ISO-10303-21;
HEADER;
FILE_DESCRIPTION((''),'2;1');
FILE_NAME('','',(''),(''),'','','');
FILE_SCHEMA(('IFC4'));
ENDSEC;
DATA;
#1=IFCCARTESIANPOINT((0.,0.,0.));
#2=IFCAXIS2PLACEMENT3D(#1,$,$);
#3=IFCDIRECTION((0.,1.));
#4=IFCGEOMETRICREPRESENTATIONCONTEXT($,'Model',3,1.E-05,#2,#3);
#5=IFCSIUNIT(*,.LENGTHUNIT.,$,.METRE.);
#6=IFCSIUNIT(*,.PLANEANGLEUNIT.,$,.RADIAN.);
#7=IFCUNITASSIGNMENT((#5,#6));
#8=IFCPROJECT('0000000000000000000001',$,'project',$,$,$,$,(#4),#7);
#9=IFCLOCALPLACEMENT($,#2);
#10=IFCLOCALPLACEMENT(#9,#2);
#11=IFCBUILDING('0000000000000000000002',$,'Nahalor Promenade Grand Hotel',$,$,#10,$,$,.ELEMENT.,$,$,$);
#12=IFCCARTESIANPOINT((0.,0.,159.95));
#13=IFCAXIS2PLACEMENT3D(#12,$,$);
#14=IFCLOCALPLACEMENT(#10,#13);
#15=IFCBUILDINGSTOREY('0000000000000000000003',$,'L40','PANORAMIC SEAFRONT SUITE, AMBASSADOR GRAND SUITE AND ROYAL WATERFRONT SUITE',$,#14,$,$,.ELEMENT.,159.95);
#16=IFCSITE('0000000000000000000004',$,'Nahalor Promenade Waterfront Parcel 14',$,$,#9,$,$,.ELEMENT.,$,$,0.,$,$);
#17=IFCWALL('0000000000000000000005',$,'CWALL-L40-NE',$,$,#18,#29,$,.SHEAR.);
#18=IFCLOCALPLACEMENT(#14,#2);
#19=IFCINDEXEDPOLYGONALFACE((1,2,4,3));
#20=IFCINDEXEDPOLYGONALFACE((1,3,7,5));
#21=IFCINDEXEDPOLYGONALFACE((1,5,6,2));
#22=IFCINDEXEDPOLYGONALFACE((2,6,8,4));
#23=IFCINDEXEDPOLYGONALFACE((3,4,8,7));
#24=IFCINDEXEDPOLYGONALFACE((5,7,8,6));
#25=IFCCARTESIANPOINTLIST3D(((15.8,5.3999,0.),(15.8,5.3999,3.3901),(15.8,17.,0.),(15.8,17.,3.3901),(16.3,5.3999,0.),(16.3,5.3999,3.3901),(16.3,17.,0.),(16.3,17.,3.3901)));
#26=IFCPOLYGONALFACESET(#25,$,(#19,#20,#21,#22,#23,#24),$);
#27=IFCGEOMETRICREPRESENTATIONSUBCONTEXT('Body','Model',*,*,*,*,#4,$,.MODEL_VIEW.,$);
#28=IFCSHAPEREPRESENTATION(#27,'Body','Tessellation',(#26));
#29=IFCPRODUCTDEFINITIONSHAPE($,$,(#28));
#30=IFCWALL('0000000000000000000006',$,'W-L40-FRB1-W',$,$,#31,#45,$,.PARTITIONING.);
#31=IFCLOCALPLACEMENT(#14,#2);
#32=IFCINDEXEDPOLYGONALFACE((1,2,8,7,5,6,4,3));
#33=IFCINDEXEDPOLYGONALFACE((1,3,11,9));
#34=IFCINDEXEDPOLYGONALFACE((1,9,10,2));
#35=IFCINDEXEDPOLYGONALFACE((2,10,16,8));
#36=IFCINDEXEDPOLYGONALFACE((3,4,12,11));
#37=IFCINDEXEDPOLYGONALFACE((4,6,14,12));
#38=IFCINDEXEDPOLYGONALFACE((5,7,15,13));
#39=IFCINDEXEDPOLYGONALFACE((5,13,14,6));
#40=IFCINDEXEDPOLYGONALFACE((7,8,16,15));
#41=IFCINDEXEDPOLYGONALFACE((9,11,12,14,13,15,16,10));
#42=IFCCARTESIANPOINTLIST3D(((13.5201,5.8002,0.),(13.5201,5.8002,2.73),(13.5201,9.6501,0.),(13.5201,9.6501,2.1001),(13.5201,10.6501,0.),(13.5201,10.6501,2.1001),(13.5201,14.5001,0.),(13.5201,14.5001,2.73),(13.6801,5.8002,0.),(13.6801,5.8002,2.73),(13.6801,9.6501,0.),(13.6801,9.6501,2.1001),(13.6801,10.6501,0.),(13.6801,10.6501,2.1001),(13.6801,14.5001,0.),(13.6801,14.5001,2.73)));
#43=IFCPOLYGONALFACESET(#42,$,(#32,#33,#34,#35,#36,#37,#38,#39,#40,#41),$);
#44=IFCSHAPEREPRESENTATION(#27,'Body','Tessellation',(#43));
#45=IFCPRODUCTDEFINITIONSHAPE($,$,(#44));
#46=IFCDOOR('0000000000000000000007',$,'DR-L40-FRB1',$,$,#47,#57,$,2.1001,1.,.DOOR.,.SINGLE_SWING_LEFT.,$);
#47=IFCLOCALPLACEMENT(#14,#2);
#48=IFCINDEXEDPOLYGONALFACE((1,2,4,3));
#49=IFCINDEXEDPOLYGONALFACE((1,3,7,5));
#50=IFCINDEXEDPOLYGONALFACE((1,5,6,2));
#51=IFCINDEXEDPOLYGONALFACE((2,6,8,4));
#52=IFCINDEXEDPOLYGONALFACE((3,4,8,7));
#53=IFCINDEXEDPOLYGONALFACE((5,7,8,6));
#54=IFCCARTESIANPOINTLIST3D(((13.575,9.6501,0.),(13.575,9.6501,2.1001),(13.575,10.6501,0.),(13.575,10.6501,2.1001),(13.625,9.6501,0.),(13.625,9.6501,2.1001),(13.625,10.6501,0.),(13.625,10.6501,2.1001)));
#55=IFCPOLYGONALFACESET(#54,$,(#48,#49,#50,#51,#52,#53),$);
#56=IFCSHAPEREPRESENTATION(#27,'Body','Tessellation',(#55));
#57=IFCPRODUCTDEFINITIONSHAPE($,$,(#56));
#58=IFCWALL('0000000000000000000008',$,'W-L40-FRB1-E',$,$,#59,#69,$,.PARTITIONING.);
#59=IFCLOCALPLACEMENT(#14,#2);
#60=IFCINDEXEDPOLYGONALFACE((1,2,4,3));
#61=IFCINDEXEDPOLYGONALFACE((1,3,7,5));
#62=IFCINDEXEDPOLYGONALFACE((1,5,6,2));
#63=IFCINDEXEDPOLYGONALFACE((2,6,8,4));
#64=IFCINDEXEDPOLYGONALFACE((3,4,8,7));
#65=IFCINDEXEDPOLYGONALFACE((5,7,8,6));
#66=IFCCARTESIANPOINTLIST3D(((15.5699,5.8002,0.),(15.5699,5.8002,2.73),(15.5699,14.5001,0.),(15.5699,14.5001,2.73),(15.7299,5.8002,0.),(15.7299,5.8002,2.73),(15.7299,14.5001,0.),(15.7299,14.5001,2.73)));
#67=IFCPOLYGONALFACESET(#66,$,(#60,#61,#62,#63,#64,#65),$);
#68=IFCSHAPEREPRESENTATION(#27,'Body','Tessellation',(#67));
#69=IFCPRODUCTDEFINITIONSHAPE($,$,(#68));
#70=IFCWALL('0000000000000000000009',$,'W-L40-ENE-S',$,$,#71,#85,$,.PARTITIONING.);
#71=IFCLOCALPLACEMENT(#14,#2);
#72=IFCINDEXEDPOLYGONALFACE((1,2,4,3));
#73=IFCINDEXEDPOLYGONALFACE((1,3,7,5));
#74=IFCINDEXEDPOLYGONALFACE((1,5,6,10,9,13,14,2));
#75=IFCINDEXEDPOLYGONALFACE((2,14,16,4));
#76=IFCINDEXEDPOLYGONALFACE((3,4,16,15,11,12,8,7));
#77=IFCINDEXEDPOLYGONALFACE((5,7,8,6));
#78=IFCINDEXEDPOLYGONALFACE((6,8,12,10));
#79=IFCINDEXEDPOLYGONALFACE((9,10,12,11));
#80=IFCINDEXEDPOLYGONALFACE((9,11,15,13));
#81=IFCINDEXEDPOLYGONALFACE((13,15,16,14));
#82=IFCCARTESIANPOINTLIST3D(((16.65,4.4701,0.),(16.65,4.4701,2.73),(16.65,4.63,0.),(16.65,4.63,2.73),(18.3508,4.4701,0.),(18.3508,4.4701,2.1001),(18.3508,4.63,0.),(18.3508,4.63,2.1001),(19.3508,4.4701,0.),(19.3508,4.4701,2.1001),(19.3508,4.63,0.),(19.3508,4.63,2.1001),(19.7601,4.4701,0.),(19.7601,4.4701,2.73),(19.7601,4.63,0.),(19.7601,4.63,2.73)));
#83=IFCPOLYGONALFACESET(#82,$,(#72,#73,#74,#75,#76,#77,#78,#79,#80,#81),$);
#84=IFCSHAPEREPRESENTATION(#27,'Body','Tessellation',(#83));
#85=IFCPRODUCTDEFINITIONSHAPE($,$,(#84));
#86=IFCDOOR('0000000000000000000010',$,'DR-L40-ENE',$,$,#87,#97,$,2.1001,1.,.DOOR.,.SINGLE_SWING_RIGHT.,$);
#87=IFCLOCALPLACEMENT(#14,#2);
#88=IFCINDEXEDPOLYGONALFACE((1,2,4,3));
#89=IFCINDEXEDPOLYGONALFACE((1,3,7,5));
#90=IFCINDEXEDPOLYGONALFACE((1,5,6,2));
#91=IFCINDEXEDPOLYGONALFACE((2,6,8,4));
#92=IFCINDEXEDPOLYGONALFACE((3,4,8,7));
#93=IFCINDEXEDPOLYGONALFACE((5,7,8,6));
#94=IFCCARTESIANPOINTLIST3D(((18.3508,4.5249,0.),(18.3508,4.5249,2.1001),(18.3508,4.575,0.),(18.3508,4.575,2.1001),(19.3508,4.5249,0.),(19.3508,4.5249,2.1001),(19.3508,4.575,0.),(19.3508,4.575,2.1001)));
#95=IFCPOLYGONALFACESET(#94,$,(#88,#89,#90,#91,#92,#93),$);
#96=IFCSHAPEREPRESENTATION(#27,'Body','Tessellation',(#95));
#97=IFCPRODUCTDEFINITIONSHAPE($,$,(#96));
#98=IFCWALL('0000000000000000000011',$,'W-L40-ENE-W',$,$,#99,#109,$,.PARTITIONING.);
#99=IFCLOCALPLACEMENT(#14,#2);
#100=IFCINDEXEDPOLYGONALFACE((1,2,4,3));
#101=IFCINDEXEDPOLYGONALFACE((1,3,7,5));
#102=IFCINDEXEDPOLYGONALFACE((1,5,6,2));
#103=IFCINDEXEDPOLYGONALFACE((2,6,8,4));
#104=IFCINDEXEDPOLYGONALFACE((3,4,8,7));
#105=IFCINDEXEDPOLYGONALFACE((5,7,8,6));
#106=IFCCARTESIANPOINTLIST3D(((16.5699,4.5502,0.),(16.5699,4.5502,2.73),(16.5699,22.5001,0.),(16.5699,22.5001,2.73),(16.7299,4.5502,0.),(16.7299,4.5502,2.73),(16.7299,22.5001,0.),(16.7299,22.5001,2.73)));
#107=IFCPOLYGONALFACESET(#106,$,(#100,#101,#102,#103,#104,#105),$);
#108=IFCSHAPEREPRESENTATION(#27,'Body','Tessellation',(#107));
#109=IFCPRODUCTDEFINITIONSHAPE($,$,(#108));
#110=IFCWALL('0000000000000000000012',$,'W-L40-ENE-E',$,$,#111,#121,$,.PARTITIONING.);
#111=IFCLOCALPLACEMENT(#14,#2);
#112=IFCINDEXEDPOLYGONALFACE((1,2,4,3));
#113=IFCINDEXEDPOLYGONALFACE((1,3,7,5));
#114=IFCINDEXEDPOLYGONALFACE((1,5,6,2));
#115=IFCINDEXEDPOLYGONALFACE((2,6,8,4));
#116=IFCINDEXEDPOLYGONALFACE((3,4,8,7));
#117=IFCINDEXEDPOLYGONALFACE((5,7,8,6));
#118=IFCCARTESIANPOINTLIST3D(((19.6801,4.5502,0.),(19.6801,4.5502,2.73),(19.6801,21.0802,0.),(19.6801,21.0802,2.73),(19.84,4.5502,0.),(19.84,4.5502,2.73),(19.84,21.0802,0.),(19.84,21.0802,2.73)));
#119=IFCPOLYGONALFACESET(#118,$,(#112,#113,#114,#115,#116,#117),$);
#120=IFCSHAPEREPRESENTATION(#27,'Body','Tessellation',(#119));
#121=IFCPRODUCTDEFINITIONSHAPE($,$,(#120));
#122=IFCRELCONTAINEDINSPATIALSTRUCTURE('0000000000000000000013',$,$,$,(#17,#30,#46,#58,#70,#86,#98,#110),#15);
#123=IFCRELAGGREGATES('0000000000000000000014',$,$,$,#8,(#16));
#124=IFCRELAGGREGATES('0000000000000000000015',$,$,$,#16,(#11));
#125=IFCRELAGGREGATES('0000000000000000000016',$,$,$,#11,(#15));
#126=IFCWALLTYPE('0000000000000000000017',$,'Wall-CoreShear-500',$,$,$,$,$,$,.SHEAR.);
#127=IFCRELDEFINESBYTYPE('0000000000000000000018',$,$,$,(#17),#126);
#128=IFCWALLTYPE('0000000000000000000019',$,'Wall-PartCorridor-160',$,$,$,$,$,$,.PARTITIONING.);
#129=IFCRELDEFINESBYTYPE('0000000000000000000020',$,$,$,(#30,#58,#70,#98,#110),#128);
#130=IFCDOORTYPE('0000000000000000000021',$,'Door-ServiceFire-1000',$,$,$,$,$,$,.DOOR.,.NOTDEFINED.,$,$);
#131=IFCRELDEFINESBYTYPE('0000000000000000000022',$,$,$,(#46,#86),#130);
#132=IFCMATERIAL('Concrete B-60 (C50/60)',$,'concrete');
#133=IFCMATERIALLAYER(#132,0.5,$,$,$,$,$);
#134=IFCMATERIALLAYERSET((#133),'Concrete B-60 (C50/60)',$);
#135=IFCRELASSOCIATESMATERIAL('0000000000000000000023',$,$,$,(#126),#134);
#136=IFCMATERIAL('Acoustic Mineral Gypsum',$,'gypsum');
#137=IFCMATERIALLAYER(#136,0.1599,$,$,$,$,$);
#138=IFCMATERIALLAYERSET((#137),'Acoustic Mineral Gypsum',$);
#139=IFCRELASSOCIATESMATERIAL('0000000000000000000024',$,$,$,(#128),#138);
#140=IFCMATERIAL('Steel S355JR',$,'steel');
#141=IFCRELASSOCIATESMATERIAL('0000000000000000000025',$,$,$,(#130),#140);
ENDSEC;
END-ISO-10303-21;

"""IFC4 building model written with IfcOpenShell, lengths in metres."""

from ifc_helpers import new_model, si_unit, direction, frame, frame_2d, origin, place, context, subcontext, project, spatial, rectangle, extrude, source, transform, mapped, material, layer, layer_set, type_object, element, fill, save


model = new_model("IFC4")

# Units and contexts
model_context = context("Model", 3, precision=1e-05, world=origin(), true_north=direction((0.0, 1.0)))
body_context = subcontext(model_context, "Body", "Model", "MODEL_VIEW")
ifc_project = project(units=[si_unit("LENGTHUNIT", "METRE"), si_unit("PLANEANGLEUNIT", "RADIAN")], contexts=[model_context])

# Site, building, storey
site_placement = place(None, origin())
site = spatial("IfcSite", under=ifc_project, at=site_placement, Name="Nahalor Promenade Waterfront Parcel 14", CompositionType="ELEMENT", RefElevation=0.0)
building_placement = place(site_placement, origin())
building = spatial("IfcBuilding", under=site, at=building_placement, Name="Nahalor Promenade Grand Hotel", CompositionType="ELEMENT")
storey_placement = place(building_placement, frame((0.0, 0.0, 159.95)))
storey = spatial("IfcBuildingStorey", under=building, at=storey_placement, Name="L40", Description="PANORAMIC SEAFRONT SUITE, AMBASSADOR GRAND SUITE AND ROYAL WATERFRONT SUITE", CompositionType="ELEMENT", Elevation=159.95)

# Shared definitions
ifc_material_1 = material(Name="Steel S355JR", Category="steel")

# Wall
ifc_material_2 = material(Name="Concrete B-60 (C50/60)", Category="concrete")
ifc_layer_1 = layer(ifc_material_2, 0.5)
ifc_layer_set_1 = layer_set([ifc_layer_1], Name="Concrete B-60 (C50/60)")
wall_type_1 = type_object("IfcWallType", Name="Wall-CoreShear-500", PredefinedType="SHEAR", material=ifc_layer_set_1)
shared_shape_1 = source(origin(), body_context, "Body", "SweptSolid", [
    extrude(rectangle(XDim=11.6001, YDim=0.5, at=frame_2d((5.8, 0.0))), origin(), (0.0, 0.0, 1.0), 3.3901),
])
wall_1_placement = place(storey_placement, frame((16.05, 5.3999, 0.0), z_axis=(0.0, 0.0, 1.0), x_axis=(0.0, 1.0, 0.0)))
element("IfcWall", 1, at=wall_1_placement, inside=storey, type_object=wall_type_1, Name="CWALL-L40-NE", PredefinedType="SHEAR", context=body_context, shape_type="MappedRepresentation", body=[
    mapped(shared_shape_1, transform((0.0, 0.0, 0.0), scale=1.0)),
])

# Wall, opening, door
ifc_material_3 = material(Name="Acoustic Mineral Gypsum", Category="gypsum")
ifc_layer_2 = layer(ifc_material_3, 0.1599)
ifc_layer_set_2 = layer_set([ifc_layer_2], Name="Acoustic Mineral Gypsum")
wall_type_2 = type_object("IfcWallType", Name="Wall-PartCorridor-160", PredefinedType="PARTITIONING", material=ifc_layer_set_2)
shared_shape_2 = source(origin(), body_context, "Body", "SweptSolid", [
    extrude(rectangle(XDim=8.7, YDim=0.1599, at=frame_2d((4.3501, 0.0))), origin(), (0.0, 0.0, 1.0), 2.73),
])
wall_2_placement = place(storey_placement, frame((13.6001, 5.8, 0.0), z_axis=(0.0, 0.0, 1.0), x_axis=(0.0, 1.0, 0.0)))
wall_2 = element("IfcWall", 2, at=wall_2_placement, inside=storey, type_object=wall_type_2, Name="W-L40-FRB1-W", PredefinedType="PARTITIONING", context=body_context, shape_type="MappedRepresentation", body=[
    mapped(shared_shape_2, transform((0.0, 0.0, 0.0), scale=1.0)),
])
opening_1_placement = place(wall_2_placement, frame((3.8501, 0.0, 0.0)))
opening_1 = element("IfcOpeningElement", 3, at=opening_1_placement, cuts=wall_2, PredefinedType="OPENING", context=body_context, shape_type="SweptSolid", body=[
    extrude(rectangle(XDim=1.0, YDim=2.1001, at=frame_2d((0.5, 1.05))), frame((0.0, 0.0898, 0.0), z_axis=(0.0, -1.0, 0.0), x_axis=(1.0, 0.0, 0.0)), (0.0, 0.0, 1.0), 0.1799),
])
door_type = type_object("IfcDoorType", Name="Door-ServiceFire-1000", OperationType="NOTDEFINED", PredefinedType="DOOR", material=ifc_material_1)
shared_shape_3 = source(origin(), body_context, "Body", "SweptSolid", [
    extrude(rectangle(XDim=1.0, YDim=2.1001, at=frame_2d((0.5, 1.05))), frame((0.0, 0.0249, 0.0), z_axis=(0.0, -1.0, 0.0), x_axis=(1.0, 0.0, 0.0)), (0.0, 0.0, 1.0), 0.05),
])
door_1_placement = place(opening_1_placement, frame((1.0, 0.0, 0.0), z_axis=(0.0, 0.0, 1.0), x_axis=(-1.0, 0.0, 0.0)))
door_1 = element("IfcDoor", 4, at=door_1_placement, inside=storey, type_object=door_type, Name="DR-L40-FRB1", OperationType="SINGLE_SWING_LEFT", OverallHeight=2.1001, OverallWidth=1.0, PredefinedType="DOOR", context=body_context, shape_type="MappedRepresentation", body=[
    mapped(shared_shape_3, transform((0.0, 0.0, 0.0), scale=1.0)),
])
fill(opening_1, door_1)

# Wall
wall_3_placement = place(storey_placement, frame((15.6499, 5.8, 0.0), z_axis=(0.0, 0.0, 1.0), x_axis=(0.0, 1.0, 0.0)))
element("IfcWall", 5, at=wall_3_placement, inside=storey, type_object=wall_type_2, Name="W-L40-FRB1-E", PredefinedType="PARTITIONING", context=body_context, shape_type="MappedRepresentation", body=[
    mapped(shared_shape_2, transform((0.0, 0.0, 0.0), scale=1.0)),
])

# Wall, opening, door
shared_shape_4 = source(origin(), body_context, "Body", "SweptSolid", [
    extrude(rectangle(XDim=3.1101, YDim=0.1599, at=frame_2d((1.5552, 0.0))), origin(), (0.0, 0.0, 1.0), 2.73),
])
wall_4_placement = place(storey_placement, frame((16.6499, 4.55, 0.0), z_axis=(0.0, 0.0, 1.0), x_axis=(1.0, 0.0, 0.0)))
wall_4 = element("IfcWall", 6, at=wall_4_placement, inside=storey, type_object=wall_type_2, Name="W-L40-ENE-S", PredefinedType="PARTITIONING", context=body_context, shape_type="MappedRepresentation", body=[
    mapped(shared_shape_4, transform((0.0, 0.0, 0.0), scale=1.0)),
])
opening_2_placement = place(wall_4_placement, frame((1.7009, 0.0, 0.0)))
opening_2 = element("IfcOpeningElement", 7, at=opening_2_placement, cuts=wall_4, PredefinedType="OPENING", context=body_context, shape_type="SweptSolid", body=[
    extrude(rectangle(XDim=1.0, YDim=2.1001, at=frame_2d((0.5, 1.05))), frame((0.0, 0.0898, 0.0), z_axis=(0.0, -1.0, 0.0), x_axis=(1.0, 0.0, 0.0)), (0.0, 0.0, 1.0), 0.1799),
])
door_2_placement = place(opening_2_placement, origin())
door_2 = element("IfcDoor", 8, at=door_2_placement, inside=storey, type_object=door_type, Name="DR-L40-ENE", OperationType="SINGLE_SWING_RIGHT", OverallHeight=2.1001, OverallWidth=1.0, PredefinedType="DOOR", context=body_context, shape_type="MappedRepresentation", body=[
    mapped(shared_shape_3, transform((0.0, 0.0, 0.0), scale=1.0)),
])
fill(opening_2, door_2)

# Walls
shared_shape_5 = source(origin(), body_context, "Body", "SweptSolid", [
    extrude(rectangle(XDim=17.95, YDim=0.1599, at=frame_2d((8.9751, 0.0))), origin(), (0.0, 0.0, 1.0), 2.73),
])
wall_5_placement = place(storey_placement, frame((16.6499, 4.55, 0.0), z_axis=(0.0, 0.0, 1.0), x_axis=(0.0, 1.0, 0.0)))
element("IfcWall", 9, at=wall_5_placement, inside=storey, type_object=wall_type_2, Name="W-L40-ENE-W", PredefinedType="PARTITIONING", context=body_context, shape_type="MappedRepresentation", body=[
    mapped(shared_shape_5, transform((0.0, 0.0, 0.0), scale=1.0)),
])
shared_shape_6 = source(origin(), body_context, "Body", "SweptSolid", [
    extrude(rectangle(XDim=16.53, YDim=0.1599, at=frame_2d((8.2651, 0.0))), origin(), (0.0, 0.0, 1.0), 2.73),
])
wall_6_placement = place(storey_placement, frame((19.76, 4.55, 0.0), z_axis=(0.0, 0.0, 1.0), x_axis=(0.0, 1.0, 0.0)))
element("IfcWall", 10, at=wall_6_placement, inside=storey, type_object=wall_type_2, Name="W-L40-ENE-E", PredefinedType="PARTITIONING", context=body_context, shape_type="MappedRepresentation", body=[
    mapped(shared_shape_6, transform((0.0, 0.0, 0.0), scale=1.0)),
])

save(model, "model.ifc")
